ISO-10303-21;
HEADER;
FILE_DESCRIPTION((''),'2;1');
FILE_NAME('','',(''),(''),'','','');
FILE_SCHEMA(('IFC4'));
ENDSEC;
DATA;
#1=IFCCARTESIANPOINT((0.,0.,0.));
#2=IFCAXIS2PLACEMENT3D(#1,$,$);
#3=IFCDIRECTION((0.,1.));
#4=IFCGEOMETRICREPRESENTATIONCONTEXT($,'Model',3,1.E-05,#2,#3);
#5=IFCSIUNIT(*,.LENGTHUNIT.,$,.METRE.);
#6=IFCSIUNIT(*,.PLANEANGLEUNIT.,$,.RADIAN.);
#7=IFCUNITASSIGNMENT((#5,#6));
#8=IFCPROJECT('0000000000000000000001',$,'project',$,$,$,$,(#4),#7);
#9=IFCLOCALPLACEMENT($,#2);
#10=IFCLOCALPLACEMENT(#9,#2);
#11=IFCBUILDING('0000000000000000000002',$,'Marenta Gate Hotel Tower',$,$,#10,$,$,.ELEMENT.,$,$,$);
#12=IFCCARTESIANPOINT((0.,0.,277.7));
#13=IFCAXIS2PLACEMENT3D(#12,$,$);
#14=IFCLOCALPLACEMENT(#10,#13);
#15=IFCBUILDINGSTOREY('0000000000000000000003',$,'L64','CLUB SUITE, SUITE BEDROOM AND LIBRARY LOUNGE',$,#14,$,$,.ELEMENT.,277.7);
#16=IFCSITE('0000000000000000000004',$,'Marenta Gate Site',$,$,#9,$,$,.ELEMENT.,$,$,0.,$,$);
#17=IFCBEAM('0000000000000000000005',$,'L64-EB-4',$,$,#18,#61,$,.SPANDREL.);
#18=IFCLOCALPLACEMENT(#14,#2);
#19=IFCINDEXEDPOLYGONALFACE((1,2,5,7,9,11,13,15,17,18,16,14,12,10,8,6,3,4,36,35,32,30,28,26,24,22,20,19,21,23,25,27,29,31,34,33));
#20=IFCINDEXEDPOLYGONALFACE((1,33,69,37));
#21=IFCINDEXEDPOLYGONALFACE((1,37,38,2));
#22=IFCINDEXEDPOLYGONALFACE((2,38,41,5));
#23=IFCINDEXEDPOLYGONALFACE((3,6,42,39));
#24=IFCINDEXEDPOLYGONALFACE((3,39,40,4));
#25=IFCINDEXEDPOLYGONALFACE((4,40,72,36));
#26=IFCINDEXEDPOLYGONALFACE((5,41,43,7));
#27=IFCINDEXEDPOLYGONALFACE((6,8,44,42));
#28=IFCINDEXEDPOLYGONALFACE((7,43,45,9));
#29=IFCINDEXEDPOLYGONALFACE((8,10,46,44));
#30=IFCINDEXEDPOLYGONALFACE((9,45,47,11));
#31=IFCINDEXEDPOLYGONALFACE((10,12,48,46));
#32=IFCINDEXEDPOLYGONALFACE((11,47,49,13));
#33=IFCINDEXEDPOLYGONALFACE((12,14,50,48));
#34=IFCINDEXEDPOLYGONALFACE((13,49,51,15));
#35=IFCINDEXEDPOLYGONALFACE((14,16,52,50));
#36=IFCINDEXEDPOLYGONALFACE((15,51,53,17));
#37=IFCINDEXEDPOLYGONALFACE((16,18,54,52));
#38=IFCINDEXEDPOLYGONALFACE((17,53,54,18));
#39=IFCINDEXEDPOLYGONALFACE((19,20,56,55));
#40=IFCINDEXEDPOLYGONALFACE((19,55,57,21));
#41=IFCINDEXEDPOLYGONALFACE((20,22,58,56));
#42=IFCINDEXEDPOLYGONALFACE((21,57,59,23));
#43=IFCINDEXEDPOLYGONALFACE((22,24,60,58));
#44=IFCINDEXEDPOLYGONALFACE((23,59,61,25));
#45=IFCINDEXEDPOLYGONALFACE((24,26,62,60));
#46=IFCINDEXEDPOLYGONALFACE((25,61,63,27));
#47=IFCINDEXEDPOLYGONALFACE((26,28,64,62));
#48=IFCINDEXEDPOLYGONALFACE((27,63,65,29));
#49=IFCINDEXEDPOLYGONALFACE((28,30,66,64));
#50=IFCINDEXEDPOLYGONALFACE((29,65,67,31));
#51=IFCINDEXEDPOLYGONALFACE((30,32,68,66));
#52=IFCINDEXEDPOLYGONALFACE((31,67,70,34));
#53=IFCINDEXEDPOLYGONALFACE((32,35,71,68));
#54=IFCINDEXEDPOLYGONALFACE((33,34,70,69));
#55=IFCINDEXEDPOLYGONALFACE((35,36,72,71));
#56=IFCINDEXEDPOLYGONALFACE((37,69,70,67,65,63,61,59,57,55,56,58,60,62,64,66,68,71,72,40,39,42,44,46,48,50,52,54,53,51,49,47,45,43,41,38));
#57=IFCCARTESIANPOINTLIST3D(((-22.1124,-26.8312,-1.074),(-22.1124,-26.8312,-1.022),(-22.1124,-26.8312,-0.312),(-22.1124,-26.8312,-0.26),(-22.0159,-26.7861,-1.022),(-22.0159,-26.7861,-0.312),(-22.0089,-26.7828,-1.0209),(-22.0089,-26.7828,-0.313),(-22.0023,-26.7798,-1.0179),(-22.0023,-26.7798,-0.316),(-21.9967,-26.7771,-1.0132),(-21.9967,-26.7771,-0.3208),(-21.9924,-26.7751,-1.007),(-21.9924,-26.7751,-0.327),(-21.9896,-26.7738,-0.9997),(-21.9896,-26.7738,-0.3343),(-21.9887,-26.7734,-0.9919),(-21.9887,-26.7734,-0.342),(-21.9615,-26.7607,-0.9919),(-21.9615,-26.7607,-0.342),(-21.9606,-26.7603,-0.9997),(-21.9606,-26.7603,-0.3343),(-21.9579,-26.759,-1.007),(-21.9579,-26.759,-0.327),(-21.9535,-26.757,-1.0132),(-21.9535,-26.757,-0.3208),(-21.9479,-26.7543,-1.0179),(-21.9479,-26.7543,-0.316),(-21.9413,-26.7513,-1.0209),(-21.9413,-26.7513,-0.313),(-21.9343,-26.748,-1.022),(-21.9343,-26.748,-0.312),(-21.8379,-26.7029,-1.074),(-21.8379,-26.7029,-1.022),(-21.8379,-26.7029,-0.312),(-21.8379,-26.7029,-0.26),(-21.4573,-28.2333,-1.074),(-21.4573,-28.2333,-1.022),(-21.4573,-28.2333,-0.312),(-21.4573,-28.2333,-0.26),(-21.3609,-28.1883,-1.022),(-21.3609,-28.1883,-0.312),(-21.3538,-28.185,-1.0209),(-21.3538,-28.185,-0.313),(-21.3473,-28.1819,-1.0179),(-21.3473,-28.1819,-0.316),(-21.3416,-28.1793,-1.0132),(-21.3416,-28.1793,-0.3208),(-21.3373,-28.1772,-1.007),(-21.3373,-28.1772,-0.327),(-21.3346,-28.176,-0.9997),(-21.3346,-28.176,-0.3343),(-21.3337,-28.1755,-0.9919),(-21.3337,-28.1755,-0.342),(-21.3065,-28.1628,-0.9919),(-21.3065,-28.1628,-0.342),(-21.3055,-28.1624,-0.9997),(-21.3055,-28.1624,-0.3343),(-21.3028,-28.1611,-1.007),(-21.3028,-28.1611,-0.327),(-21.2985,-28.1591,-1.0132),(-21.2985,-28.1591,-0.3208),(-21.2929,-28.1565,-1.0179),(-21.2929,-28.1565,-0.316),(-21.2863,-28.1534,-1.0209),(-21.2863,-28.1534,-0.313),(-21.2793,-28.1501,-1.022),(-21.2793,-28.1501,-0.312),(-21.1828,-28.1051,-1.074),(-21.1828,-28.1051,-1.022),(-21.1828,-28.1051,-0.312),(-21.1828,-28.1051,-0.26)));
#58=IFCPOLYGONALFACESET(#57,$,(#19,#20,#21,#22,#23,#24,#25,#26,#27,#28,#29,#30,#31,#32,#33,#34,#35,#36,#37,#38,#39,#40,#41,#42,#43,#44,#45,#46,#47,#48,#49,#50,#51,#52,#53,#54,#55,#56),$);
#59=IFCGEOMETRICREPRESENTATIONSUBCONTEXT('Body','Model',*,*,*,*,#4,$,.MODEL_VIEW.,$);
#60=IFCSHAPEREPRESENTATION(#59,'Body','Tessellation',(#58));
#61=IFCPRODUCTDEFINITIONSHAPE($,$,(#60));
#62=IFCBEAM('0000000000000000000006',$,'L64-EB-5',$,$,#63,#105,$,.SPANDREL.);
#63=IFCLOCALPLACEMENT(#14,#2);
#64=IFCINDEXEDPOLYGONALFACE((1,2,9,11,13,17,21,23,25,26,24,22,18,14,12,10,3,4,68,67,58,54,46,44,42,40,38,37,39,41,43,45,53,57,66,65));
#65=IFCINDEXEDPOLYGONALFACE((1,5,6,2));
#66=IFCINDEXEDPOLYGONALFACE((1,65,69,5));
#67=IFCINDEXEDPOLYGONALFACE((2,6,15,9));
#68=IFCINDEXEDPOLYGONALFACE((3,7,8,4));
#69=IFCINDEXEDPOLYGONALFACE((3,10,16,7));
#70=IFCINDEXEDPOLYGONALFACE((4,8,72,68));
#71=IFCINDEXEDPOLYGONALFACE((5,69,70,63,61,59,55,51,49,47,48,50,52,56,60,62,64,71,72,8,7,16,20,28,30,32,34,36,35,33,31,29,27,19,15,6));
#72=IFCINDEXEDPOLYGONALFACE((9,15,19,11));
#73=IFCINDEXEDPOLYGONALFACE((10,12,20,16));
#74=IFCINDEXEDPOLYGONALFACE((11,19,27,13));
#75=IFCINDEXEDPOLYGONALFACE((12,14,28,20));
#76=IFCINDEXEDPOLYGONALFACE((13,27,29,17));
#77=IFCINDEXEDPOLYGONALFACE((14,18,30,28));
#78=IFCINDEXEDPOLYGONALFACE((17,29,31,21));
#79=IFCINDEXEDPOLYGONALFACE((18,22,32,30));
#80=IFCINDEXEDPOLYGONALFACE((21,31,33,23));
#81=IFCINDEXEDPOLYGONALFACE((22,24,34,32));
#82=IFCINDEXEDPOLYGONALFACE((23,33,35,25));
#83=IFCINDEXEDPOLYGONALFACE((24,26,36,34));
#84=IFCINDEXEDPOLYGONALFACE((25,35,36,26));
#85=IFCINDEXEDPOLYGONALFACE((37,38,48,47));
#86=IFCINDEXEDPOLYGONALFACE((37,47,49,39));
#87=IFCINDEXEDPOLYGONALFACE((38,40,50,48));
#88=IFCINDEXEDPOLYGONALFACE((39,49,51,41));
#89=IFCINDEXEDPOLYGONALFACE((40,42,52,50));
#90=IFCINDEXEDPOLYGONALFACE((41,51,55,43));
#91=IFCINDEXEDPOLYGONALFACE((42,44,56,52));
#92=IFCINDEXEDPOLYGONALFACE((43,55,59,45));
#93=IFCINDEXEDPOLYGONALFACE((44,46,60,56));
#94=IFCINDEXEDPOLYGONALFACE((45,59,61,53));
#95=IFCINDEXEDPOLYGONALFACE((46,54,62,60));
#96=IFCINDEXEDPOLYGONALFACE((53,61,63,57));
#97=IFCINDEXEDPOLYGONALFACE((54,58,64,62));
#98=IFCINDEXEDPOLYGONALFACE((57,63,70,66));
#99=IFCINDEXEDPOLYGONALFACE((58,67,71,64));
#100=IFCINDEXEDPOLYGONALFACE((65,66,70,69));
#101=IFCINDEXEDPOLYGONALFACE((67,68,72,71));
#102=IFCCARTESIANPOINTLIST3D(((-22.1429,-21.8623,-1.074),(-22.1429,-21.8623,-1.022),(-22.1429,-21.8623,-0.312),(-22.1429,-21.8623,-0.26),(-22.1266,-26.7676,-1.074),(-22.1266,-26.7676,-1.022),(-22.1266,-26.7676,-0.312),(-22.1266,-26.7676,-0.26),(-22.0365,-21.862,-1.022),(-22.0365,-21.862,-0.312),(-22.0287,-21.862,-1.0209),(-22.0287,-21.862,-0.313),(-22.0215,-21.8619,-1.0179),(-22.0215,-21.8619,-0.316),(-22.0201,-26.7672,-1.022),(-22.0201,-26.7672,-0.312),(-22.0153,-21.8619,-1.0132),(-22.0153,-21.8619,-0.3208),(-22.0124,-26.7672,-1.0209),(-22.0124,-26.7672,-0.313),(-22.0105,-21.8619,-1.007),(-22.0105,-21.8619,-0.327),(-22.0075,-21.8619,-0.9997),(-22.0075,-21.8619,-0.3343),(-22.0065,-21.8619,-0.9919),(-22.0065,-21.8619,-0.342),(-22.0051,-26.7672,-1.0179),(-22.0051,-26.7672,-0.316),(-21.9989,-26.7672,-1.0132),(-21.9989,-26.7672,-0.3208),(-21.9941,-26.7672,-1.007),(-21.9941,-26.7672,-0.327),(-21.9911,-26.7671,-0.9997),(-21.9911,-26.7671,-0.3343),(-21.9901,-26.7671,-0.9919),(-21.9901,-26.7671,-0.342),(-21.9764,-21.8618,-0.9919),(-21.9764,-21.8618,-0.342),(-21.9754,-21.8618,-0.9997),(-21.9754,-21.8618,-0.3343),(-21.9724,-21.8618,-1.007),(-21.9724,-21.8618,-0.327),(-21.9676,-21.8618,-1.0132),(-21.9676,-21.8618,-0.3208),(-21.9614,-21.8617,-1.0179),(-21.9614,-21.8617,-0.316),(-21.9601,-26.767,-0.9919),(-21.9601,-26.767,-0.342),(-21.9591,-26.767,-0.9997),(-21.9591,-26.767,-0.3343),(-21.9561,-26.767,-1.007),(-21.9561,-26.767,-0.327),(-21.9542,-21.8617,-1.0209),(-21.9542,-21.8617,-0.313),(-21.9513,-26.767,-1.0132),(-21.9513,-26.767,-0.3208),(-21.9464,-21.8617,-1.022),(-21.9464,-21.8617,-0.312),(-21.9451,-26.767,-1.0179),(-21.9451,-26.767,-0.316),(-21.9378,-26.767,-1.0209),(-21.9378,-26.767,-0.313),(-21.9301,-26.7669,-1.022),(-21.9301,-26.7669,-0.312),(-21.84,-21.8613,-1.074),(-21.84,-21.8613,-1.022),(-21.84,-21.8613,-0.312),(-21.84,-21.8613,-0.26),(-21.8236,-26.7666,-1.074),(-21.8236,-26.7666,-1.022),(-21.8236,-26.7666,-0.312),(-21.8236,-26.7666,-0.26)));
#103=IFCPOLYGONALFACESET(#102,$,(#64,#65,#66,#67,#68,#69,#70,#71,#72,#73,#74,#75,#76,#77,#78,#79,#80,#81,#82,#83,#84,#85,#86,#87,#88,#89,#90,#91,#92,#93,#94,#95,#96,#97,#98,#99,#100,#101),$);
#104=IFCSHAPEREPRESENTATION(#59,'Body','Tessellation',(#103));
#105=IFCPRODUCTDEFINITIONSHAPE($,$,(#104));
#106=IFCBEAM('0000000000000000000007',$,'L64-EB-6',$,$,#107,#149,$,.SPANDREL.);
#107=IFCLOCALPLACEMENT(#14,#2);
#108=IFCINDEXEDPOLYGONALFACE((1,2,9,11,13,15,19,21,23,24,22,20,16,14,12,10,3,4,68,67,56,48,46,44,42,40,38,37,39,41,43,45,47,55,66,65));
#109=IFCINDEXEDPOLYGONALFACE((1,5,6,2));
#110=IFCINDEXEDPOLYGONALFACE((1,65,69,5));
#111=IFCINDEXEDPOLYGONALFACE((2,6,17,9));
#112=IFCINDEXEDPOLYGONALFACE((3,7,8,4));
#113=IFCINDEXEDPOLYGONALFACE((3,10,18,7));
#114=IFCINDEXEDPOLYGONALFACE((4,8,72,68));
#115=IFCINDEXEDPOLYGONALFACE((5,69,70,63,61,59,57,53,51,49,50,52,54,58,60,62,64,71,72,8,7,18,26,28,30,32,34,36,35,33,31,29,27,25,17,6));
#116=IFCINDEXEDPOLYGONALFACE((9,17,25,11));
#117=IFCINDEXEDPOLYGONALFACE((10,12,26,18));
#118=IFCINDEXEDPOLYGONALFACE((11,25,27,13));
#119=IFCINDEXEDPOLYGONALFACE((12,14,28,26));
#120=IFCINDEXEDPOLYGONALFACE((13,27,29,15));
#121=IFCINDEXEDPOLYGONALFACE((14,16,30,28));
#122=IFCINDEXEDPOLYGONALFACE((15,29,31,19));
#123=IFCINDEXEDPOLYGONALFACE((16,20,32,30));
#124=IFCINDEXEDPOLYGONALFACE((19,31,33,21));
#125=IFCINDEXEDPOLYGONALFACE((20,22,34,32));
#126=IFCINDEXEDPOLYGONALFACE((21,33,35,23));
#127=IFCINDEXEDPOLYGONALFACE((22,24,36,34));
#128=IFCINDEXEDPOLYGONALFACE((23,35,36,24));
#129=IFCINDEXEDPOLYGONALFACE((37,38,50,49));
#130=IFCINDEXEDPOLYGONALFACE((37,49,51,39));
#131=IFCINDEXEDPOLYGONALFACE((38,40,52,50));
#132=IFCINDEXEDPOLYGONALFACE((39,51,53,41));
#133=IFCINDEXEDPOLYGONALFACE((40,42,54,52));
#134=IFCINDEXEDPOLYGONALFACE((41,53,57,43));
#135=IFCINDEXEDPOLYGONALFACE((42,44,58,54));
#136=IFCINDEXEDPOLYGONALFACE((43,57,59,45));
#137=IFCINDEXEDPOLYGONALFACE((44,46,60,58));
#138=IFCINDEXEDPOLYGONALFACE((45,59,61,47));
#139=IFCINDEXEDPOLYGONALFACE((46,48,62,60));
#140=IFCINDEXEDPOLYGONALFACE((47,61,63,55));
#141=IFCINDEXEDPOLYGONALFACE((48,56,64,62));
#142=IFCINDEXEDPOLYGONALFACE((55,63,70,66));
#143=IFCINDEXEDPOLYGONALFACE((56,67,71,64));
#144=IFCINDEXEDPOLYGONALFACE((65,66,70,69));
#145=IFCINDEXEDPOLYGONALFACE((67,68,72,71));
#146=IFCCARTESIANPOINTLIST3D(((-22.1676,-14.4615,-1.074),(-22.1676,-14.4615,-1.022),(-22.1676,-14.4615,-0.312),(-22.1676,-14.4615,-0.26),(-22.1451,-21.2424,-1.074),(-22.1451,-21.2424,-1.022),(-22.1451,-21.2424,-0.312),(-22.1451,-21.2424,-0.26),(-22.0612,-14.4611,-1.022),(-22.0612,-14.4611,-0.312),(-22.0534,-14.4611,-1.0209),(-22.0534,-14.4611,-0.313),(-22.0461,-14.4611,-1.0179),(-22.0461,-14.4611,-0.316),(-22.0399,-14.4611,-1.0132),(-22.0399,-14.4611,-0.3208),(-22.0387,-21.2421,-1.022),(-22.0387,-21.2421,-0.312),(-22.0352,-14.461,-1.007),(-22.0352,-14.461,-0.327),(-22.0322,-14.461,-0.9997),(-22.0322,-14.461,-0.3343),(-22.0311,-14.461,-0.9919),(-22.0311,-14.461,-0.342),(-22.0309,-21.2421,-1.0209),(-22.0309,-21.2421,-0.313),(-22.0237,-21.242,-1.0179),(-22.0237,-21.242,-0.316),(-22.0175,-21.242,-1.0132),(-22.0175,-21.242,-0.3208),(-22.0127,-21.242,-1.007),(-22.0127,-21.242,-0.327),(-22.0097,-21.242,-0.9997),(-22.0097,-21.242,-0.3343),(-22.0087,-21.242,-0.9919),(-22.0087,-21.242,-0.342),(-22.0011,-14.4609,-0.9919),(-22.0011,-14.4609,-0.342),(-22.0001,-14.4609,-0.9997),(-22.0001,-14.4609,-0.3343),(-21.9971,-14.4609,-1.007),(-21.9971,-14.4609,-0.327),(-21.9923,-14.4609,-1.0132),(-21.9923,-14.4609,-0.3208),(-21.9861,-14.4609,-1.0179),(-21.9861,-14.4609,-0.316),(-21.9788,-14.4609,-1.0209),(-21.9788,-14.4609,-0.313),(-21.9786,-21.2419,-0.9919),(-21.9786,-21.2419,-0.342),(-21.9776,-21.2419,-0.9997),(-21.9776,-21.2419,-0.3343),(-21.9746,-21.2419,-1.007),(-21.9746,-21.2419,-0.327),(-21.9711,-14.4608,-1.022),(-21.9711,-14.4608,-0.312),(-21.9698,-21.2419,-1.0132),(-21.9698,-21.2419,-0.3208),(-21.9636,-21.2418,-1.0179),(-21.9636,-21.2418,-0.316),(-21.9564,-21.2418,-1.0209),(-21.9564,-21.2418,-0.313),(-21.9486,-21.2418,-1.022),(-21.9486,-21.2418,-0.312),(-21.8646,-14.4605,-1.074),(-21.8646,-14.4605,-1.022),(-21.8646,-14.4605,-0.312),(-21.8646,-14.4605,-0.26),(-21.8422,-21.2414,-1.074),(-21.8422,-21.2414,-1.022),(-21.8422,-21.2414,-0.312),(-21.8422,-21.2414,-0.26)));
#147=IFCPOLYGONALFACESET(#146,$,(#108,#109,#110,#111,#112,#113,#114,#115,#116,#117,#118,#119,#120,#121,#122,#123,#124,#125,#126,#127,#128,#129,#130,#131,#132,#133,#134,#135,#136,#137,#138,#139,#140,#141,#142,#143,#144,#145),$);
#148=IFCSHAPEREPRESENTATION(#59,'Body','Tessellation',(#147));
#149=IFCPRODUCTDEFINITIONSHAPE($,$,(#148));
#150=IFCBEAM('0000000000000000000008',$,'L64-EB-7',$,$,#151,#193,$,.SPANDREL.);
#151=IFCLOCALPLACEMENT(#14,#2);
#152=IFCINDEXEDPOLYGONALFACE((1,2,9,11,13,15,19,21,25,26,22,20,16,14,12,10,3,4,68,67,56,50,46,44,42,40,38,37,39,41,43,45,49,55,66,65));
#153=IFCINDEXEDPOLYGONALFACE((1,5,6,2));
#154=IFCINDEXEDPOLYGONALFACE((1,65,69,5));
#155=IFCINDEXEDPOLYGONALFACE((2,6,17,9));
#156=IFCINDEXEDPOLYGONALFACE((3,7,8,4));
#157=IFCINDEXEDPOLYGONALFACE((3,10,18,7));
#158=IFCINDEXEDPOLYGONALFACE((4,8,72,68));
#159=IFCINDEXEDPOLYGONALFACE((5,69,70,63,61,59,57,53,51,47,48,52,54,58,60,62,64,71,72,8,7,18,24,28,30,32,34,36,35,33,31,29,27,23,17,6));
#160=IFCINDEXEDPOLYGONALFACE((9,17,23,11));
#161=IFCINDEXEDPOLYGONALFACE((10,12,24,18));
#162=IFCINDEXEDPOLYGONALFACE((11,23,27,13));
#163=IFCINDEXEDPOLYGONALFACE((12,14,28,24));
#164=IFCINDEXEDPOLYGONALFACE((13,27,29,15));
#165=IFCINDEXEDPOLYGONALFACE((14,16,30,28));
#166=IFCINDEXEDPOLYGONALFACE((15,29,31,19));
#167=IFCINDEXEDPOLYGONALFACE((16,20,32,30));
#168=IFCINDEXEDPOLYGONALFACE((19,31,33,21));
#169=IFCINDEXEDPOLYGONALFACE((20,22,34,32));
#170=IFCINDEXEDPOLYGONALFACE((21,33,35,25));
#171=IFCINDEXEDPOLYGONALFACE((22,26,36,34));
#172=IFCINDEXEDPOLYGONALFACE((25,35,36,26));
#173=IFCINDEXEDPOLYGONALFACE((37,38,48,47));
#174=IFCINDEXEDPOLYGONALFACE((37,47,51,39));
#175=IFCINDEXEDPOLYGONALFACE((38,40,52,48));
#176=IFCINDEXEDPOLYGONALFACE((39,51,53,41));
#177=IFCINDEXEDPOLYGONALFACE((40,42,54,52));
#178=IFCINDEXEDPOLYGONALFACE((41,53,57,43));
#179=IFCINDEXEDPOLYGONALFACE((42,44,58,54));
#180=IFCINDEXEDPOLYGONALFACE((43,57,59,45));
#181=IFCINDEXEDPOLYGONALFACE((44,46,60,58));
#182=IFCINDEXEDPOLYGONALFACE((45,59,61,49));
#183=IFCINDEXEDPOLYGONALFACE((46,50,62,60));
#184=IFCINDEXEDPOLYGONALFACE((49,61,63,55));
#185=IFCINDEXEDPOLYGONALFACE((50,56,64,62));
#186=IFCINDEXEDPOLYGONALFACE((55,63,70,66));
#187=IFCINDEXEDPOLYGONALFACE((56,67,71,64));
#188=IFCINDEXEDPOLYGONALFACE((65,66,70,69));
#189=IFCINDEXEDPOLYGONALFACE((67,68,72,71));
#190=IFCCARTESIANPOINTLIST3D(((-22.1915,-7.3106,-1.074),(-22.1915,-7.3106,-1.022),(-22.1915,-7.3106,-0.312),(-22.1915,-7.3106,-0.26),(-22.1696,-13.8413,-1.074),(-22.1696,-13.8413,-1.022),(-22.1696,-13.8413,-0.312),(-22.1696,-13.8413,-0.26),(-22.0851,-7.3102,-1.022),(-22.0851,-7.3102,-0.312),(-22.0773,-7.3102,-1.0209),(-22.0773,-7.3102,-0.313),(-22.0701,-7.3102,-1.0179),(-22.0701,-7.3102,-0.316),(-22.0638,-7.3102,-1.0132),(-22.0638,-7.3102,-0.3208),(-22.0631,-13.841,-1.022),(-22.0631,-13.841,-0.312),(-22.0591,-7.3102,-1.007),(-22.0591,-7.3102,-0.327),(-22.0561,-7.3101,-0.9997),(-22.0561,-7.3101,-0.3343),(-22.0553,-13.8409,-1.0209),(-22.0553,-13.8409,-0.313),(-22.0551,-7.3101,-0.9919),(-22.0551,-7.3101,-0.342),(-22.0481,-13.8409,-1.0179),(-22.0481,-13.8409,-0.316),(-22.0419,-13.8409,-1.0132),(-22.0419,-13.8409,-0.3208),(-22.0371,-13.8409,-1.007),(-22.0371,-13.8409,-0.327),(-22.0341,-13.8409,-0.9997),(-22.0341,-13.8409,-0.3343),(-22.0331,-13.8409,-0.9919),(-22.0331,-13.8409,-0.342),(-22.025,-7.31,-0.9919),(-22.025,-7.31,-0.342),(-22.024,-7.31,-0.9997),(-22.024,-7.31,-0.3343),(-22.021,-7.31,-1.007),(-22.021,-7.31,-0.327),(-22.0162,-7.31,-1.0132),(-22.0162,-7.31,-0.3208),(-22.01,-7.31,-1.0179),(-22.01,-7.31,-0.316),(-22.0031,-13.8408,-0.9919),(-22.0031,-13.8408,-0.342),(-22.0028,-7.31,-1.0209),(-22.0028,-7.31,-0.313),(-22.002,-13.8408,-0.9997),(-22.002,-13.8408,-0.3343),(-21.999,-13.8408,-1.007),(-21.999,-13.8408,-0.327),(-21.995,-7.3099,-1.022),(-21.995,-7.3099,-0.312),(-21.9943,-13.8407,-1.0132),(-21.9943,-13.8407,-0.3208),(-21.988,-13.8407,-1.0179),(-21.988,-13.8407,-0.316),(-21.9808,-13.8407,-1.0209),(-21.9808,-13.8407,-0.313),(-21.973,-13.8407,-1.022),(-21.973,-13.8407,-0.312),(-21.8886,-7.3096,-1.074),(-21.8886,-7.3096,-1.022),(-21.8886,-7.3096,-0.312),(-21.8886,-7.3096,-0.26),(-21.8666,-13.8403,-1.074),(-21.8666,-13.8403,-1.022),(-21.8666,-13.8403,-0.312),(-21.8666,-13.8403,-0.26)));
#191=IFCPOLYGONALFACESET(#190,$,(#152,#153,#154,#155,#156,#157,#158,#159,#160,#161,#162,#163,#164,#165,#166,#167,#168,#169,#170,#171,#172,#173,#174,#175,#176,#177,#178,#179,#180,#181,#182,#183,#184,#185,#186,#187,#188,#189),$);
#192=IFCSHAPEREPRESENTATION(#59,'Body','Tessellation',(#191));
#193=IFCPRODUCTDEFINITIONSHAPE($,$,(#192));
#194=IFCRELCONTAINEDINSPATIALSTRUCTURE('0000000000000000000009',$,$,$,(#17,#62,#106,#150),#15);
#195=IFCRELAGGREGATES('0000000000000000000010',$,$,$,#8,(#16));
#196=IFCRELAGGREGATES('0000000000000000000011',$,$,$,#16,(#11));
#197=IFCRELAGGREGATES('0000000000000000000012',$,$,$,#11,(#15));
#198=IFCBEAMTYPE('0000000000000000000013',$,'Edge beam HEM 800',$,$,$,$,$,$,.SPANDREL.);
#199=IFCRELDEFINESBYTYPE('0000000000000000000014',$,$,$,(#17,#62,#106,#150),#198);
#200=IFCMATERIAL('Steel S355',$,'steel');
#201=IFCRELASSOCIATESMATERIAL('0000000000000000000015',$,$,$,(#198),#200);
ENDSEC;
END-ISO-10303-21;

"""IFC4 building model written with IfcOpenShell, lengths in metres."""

from ifc_helpers import new_model, si_unit, direction, frame, origin, origin_2d, place, context, subcontext, project, spatial, i_section, extrude, material, material_profile, profile_set, type_object, element, save


model = new_model("IFC4")

# Units and contexts
model_context = context("Model", 3, precision=1e-05, world=origin(), true_north=direction((0.0, 1.0)))
body_context = subcontext(model_context, "Body", "Model", "MODEL_VIEW")
ifc_project = project(units=[si_unit("LENGTHUNIT", "METRE"), si_unit("PLANEANGLEUNIT", "RADIAN")], contexts=[model_context])

# Site, building, storey
site_placement = place(None, origin())
site = spatial("IfcSite", under=ifc_project, at=site_placement, Name="Marenta Gate Site", CompositionType="ELEMENT", RefElevation=0.0)
building_placement = place(site_placement, origin())
building = spatial("IfcBuilding", under=site, at=building_placement, Name="Marenta Gate Hotel Tower", CompositionType="ELEMENT")
storey_placement = place(building_placement, frame((0.0, 0.0, 277.7)))
storey = spatial("IfcBuildingStorey", under=building, at=storey_placement, Name="L64", Description="CLUB SUITE, SUITE BEDROOM AND LIBRARY LOUNGE", CompositionType="ELEMENT", Elevation=277.7)

# Beams
ifc_material_1 = material(Name="Steel S355", Category="steel")
ifc_material_profile_1 = material_profile(ifc_material_1, i_section(OverallWidth=0.303, OverallDepth=0.814, WebThickness=0.03, FlangeThickness=0.052, FilletRadius=0.03, at=origin_2d()), Name="HEM 800")
ifc_profile_set_1 = profile_set([ifc_material_profile_1], Name="Steel S355")
beam_type_1 = type_object("IfcBeamType", Name="Edge beam HEM 800", PredefinedType="SPANDREL", material=ifc_profile_set_1)
beam_1_placement = place(storey_placement, frame((-21.3201, -28.1692, -0.667), z_axis=(-0.423265, 0.906006, 0.0), x_axis=(-0.906006, -0.423265, 0.0)))
element("IfcBeam", 1, at=beam_1_placement, inside=storey, type_object=beam_type_1, Name="L64-EB-4", PredefinedType="SPANDREL", context=body_context, shape_type="SweptSolid", body=[
    extrude(i_section(OverallWidth=0.303, OverallDepth=0.814, WebThickness=0.03, FlangeThickness=0.052, FilletRadius=0.03, at=origin_2d()), origin(), (0.0, 0.0, 1.0), 1.5476),
])
beam_2_placement = place(storey_placement, frame((-21.9751, -26.7671, -0.667), z_axis=(-0.003335, 0.999994, 0.0), x_axis=(-0.999994, -0.003335, 0.0)))
element("IfcBeam", 2, at=beam_2_placement, inside=storey, type_object=beam_type_1, Name="L64-EB-5", PredefinedType="SPANDREL", context=body_context, shape_type="SweptSolid", body=[
    extrude(i_section(OverallWidth=0.303, OverallDepth=0.814, WebThickness=0.03, FlangeThickness=0.052, FilletRadius=0.03, at=origin_2d()), origin(), (0.0, 0.0, 1.0), 4.9053),
])
beam_3_placement = place(storey_placement, frame((-21.9937, -21.2419, -0.667), z_axis=(-0.003312, 0.999995, 0.0), x_axis=(-0.999995, -0.003312, 0.0)))
element("IfcBeam", 3, at=beam_3_placement, inside=storey, type_object=beam_type_1, Name="L64-EB-6", PredefinedType="SPANDREL", context=body_context, shape_type="SweptSolid", body=[
    extrude(i_section(OverallWidth=0.303, OverallDepth=0.814, WebThickness=0.03, FlangeThickness=0.052, FilletRadius=0.03, at=origin_2d()), origin(), (0.0, 0.0, 1.0), 6.781),
])
beam_4_placement = place(storey_placement, frame((-22.0181, -13.8408, -0.667), z_axis=(-0.003364, 0.999994, 0.0), x_axis=(-0.999994, -0.003364, 0.0)))
element("IfcBeam", 4, at=beam_4_placement, inside=storey, type_object=beam_type_1, Name="L64-EB-7", PredefinedType="SPANDREL", context=body_context, shape_type="SweptSolid", body=[
    extrude(i_section(OverallWidth=0.303, OverallDepth=0.814, WebThickness=0.03, FlangeThickness=0.052, FilletRadius=0.03, at=origin_2d()), origin(), (0.0, 0.0, 1.0), 6.5308),
])

save(model, "model.ifc")
